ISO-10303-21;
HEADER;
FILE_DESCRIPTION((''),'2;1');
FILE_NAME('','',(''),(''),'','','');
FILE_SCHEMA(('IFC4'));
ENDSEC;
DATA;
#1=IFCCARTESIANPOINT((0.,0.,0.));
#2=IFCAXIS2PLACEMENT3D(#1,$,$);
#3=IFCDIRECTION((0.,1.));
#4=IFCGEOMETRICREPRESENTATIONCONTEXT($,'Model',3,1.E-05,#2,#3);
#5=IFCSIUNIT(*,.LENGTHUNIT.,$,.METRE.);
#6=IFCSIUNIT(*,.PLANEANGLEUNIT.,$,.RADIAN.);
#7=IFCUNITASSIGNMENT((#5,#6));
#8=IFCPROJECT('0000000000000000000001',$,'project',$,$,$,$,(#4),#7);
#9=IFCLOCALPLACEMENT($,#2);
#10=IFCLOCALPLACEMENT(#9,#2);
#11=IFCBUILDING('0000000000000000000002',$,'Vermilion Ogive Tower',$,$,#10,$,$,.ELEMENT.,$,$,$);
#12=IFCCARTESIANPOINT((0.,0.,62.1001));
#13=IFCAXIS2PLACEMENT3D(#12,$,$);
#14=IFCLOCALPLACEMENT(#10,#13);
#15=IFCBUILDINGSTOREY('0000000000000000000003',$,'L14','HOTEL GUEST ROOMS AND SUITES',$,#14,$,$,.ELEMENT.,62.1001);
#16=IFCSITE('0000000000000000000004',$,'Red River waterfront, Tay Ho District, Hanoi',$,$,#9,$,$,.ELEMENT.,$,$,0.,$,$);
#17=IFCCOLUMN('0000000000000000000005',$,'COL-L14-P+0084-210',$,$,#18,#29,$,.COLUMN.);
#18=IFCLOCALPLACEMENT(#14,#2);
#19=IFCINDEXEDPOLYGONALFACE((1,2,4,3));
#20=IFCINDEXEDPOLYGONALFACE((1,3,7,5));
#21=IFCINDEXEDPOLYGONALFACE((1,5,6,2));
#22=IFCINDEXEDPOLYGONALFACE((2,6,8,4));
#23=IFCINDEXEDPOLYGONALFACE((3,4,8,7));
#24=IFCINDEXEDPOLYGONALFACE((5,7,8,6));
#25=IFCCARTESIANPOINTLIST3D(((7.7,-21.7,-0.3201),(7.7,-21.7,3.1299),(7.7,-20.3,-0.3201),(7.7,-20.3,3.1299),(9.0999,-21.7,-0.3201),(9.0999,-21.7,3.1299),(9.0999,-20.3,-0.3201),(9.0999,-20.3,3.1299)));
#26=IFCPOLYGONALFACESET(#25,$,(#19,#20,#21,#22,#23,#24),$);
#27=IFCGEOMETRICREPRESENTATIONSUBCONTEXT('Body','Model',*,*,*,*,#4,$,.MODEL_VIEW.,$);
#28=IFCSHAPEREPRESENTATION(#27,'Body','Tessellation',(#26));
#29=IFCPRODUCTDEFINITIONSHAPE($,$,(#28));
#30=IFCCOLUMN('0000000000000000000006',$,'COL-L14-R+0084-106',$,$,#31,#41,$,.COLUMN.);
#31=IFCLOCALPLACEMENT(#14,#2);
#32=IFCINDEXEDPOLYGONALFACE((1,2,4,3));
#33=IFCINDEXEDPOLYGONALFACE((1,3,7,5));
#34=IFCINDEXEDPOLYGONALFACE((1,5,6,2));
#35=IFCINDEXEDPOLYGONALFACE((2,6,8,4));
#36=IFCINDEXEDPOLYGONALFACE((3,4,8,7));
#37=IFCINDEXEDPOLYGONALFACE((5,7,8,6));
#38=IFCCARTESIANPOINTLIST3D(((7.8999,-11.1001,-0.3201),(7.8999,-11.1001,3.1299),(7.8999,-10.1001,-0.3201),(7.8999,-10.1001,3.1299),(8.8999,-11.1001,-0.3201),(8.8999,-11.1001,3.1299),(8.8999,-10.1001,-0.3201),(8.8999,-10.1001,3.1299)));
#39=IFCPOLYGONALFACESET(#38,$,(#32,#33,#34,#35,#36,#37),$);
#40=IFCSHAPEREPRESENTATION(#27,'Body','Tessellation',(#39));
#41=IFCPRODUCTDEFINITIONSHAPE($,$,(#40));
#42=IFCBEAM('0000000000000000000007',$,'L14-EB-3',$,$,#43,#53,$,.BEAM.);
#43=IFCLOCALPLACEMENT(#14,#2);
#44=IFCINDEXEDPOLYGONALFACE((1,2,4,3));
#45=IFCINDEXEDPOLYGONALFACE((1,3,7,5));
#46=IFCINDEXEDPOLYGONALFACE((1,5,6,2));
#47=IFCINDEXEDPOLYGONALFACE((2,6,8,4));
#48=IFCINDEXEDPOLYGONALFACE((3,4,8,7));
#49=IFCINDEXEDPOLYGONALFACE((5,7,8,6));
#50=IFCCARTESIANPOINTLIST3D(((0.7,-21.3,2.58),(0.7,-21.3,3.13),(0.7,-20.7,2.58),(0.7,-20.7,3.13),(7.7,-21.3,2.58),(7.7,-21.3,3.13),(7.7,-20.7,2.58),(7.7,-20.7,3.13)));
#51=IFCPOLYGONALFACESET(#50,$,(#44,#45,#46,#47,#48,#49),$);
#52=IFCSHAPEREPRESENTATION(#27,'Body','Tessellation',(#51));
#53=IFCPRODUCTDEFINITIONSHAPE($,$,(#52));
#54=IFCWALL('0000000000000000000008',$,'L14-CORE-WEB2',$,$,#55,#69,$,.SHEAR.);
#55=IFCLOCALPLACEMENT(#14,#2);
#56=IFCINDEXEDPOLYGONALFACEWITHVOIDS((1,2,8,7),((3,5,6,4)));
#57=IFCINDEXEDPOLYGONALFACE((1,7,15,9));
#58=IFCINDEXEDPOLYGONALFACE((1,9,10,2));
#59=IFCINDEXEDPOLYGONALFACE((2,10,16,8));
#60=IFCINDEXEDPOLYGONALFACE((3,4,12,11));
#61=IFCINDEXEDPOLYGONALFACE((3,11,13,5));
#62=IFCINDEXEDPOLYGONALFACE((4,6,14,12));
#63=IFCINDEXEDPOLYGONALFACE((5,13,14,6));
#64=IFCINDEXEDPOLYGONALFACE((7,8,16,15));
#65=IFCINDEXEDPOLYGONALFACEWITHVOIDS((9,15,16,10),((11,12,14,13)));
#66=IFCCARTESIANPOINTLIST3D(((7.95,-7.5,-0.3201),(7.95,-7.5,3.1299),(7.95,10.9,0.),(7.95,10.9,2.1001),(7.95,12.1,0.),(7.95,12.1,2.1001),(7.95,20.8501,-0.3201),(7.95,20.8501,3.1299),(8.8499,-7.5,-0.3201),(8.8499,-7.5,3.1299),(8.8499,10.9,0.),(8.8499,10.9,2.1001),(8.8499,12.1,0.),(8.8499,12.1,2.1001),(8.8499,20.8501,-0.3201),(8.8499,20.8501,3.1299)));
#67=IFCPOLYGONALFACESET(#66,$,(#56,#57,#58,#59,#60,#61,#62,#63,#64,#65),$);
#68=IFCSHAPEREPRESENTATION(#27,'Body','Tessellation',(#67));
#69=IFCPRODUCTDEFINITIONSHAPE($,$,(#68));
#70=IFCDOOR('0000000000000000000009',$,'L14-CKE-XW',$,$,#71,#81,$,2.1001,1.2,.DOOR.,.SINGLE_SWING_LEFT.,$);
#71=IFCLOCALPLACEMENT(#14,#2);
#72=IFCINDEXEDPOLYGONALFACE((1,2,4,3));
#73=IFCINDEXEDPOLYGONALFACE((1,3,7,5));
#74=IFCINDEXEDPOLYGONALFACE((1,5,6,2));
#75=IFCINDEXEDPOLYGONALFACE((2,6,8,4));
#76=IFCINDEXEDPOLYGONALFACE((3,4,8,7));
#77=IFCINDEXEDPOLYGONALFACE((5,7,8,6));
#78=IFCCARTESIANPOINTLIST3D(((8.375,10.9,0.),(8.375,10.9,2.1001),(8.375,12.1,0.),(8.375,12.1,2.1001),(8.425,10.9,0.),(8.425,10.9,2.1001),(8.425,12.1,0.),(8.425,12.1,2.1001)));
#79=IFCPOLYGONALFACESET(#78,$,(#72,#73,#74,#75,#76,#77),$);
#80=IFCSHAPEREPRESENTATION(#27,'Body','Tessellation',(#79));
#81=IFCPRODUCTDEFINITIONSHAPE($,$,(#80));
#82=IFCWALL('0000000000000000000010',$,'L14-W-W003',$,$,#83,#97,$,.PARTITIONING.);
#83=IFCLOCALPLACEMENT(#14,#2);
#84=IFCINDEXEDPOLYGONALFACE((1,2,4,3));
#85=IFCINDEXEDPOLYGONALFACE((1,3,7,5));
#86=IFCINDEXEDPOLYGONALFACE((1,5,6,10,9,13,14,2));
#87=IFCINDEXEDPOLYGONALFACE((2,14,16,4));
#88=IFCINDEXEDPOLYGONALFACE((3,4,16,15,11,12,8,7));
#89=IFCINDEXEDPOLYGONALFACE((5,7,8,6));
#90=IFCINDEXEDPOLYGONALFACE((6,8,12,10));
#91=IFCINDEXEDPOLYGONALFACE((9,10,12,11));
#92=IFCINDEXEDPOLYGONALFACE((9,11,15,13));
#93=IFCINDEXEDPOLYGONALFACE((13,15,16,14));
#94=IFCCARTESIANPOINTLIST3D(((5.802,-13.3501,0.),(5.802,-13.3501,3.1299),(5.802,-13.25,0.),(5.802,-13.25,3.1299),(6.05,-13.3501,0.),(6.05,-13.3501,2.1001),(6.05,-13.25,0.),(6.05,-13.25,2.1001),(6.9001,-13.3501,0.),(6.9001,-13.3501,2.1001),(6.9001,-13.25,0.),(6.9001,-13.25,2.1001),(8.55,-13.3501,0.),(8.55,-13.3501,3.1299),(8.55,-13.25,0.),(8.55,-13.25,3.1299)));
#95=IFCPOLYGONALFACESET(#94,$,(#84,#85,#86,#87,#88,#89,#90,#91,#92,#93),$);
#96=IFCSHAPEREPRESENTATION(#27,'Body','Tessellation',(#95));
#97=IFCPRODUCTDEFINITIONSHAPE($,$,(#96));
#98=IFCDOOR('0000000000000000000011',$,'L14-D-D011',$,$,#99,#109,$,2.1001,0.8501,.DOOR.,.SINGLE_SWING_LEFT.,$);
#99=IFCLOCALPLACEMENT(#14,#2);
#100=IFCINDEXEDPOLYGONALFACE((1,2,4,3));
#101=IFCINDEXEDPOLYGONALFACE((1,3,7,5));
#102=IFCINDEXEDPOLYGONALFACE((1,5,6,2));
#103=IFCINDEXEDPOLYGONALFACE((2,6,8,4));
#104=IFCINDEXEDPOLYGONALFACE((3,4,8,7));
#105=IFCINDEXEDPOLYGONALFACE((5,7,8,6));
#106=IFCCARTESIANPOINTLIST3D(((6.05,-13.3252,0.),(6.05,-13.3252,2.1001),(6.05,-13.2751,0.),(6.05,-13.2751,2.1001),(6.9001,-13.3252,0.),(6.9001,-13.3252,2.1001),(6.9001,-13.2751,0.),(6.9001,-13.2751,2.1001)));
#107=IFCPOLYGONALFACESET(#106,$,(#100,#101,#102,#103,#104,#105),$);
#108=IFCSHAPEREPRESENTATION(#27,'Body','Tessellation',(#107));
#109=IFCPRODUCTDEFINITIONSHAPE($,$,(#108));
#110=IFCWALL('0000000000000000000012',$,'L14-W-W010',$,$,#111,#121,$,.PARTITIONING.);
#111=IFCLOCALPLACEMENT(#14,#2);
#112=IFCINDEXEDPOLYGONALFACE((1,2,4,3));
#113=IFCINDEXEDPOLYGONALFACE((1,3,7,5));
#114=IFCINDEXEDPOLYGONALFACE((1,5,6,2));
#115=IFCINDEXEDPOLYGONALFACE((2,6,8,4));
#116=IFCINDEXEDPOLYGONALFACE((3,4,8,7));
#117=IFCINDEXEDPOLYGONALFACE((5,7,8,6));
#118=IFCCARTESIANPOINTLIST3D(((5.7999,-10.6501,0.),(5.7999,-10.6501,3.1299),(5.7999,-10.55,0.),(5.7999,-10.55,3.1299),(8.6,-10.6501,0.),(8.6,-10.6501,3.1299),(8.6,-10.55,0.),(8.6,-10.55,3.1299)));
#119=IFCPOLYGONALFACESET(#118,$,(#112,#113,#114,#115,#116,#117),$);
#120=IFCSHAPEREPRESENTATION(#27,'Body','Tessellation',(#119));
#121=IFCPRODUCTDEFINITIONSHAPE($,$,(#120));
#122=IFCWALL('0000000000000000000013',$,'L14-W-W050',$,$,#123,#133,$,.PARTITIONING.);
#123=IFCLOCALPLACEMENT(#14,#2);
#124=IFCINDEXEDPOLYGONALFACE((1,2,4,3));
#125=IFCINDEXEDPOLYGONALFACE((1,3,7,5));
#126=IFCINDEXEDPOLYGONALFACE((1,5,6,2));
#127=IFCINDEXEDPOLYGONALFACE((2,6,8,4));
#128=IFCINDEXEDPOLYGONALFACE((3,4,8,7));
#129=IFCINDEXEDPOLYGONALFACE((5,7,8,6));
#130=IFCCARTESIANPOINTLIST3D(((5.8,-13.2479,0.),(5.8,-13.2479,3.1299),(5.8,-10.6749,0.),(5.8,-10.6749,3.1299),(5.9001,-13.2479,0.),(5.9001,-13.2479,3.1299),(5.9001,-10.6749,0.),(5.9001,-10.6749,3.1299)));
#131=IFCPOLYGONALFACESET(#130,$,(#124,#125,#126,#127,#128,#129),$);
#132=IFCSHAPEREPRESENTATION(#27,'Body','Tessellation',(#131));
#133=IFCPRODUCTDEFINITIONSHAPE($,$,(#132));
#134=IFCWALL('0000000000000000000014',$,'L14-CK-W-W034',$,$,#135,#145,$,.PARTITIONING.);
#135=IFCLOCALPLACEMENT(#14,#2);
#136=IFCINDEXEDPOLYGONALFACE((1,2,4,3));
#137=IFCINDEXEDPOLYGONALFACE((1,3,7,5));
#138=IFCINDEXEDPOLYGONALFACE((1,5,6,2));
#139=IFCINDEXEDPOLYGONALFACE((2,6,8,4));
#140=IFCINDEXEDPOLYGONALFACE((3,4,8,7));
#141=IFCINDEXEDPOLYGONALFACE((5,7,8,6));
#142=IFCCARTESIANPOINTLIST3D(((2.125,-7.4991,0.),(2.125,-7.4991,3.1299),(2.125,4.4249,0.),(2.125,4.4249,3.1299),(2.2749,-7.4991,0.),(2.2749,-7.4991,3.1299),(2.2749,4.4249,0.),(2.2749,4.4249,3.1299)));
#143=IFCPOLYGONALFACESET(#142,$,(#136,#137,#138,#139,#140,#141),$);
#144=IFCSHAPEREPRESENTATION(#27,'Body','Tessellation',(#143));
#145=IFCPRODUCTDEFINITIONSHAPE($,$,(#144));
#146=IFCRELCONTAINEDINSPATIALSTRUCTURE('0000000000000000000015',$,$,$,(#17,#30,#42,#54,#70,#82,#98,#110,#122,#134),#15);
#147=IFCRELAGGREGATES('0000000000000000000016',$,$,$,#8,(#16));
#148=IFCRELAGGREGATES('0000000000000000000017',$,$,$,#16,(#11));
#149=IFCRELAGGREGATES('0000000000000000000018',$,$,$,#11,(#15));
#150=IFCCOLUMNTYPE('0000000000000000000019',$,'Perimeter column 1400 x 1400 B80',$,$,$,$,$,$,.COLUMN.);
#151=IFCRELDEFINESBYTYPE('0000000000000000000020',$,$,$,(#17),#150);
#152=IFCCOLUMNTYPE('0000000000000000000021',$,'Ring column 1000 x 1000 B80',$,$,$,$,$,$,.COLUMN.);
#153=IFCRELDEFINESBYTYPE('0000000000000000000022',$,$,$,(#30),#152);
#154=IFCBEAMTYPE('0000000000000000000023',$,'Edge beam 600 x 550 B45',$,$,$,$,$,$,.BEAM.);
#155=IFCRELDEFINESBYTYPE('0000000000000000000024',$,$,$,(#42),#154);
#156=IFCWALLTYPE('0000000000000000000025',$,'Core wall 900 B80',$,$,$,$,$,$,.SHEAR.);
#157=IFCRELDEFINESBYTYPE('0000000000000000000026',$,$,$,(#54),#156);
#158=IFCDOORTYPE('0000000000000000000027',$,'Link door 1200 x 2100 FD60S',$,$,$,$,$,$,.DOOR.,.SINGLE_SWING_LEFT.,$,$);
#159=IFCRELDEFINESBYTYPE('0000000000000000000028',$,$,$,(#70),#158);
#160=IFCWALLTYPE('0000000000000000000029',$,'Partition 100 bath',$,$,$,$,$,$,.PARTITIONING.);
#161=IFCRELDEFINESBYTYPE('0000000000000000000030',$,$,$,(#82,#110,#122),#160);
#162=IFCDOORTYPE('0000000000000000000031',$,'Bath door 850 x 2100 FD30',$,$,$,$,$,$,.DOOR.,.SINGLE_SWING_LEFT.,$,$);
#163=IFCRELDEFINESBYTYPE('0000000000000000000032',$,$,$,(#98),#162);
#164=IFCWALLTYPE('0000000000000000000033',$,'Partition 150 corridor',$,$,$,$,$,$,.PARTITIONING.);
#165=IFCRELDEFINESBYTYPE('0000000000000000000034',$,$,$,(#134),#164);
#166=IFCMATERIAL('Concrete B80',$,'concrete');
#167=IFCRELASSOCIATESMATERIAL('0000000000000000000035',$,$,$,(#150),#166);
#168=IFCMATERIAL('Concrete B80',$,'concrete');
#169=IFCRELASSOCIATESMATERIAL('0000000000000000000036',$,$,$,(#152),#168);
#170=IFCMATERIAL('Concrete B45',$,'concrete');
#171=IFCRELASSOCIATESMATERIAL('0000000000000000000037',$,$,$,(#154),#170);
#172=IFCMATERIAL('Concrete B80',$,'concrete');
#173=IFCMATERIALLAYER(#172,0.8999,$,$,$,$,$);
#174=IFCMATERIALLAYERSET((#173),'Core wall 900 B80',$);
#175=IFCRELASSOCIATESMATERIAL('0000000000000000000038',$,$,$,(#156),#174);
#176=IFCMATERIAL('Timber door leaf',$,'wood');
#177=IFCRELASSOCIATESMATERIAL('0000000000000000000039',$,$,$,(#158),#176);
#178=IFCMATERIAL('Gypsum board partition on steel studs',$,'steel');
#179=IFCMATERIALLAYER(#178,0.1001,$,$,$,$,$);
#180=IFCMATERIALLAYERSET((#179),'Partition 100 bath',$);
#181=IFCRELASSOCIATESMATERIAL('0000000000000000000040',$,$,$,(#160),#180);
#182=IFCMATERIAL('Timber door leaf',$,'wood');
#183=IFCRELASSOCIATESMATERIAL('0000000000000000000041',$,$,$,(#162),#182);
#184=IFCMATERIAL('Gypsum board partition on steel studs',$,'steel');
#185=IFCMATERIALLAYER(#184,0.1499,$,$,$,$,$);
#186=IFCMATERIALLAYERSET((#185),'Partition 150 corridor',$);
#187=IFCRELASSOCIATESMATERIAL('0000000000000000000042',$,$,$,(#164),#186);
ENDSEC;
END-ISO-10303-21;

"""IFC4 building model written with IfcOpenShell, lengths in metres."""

from ifc_helpers import new_model, si_unit, direction, frame, frame_2d, origin, origin_2d, place, context, subcontext, project, spatial, rectangle, extrude, material, layer, layer_set, material_profile, profile_set, type_object, element, fill, save


model = new_model("IFC4")

# Units and contexts
model_context = context("Model", 3, precision=1e-05, world=origin(), true_north=direction((0.0, 1.0)))
body_context = subcontext(model_context, "Body", "Model", "MODEL_VIEW")
ifc_project = project(units=[si_unit("LENGTHUNIT", "METRE"), si_unit("PLANEANGLEUNIT", "RADIAN")], contexts=[model_context])

# Site, building, storey
site_placement = place(None, origin())
site = spatial("IfcSite", under=ifc_project, at=site_placement, Name="Red River waterfront, Tay Ho District, Hanoi", CompositionType="ELEMENT", RefElevation=0.0)
building_placement = place(site_placement, origin())
building = spatial("IfcBuilding", under=site, at=building_placement, Name="Vermilion Ogive Tower", CompositionType="ELEMENT")
storey_placement = place(building_placement, frame((0.0, 0.0, 62.1001)))
storey = spatial("IfcBuildingStorey", under=building, at=storey_placement, Name="L14", Description="HOTEL GUEST ROOMS AND SUITES", CompositionType="ELEMENT", Elevation=62.1001)

# Columns
ifc_material_1 = material(Name="Concrete B80", Category="concrete")
ifc_material_profile_1 = material_profile(ifc_material_1, rectangle(XDim=1.3999, YDim=1.3999, at=origin_2d()), Name="1400 x 1400")
ifc_profile_set_1 = profile_set([ifc_material_profile_1], Name="Concrete B80")
column_type_1 = type_object("IfcColumnType", Name="Perimeter column 1400 x 1400 B80", PredefinedType="COLUMN", material=ifc_profile_set_1)
column_1_placement = place(storey_placement, frame((8.3999, -21.0, -0.3201), z_axis=(0.0, 0.0, 1.0), x_axis=(1.0, 0.0, 0.0)))
element("IfcColumn", 1, at=column_1_placement, inside=storey, type_object=column_type_1, Name="COL-L14-P+0084-210", PredefinedType="COLUMN", context=body_context, shape_type="SweptSolid", body=[
    extrude(rectangle(XDim=1.3999, YDim=1.3999, at=origin_2d()), origin(), (0.0, 0.0, 1.0), 3.45),
])
ifc_material_2 = material(Name="Concrete B80", Category="concrete")
ifc_material_profile_2 = material_profile(ifc_material_2, rectangle(XDim=1.0, YDim=1.0, at=origin_2d()), Name="1000 x 1000")
ifc_profile_set_2 = profile_set([ifc_material_profile_2], Name="Concrete B80")
column_type_2 = type_object("IfcColumnType", Name="Ring column 1000 x 1000 B80", PredefinedType="COLUMN", material=ifc_profile_set_2)
column_2_placement = place(storey_placement, frame((8.3999, -10.6001, -0.3201), z_axis=(0.0, 0.0, 1.0), x_axis=(1.0, 0.0, 0.0)))
element("IfcColumn", 2, at=column_2_placement, inside=storey, type_object=column_type_2, Name="COL-L14-R+0084-106", PredefinedType="COLUMN", context=body_context, shape_type="SweptSolid", body=[
    extrude(rectangle(XDim=1.0, YDim=1.0, at=origin_2d()), origin(), (0.0, 0.0, 1.0), 3.45),
])

# Beam
ifc_material_3 = material(Name="Concrete B45", Category="concrete")
ifc_material_profile_3 = material_profile(ifc_material_3, rectangle(XDim=0.6001, YDim=0.55, at=origin_2d()), Name="600 x 550")
ifc_profile_set_3 = profile_set([ifc_material_profile_3], Name="Concrete B45")
beam_type = type_object("IfcBeamType", Name="Edge beam 600 x 550 B45", PredefinedType="BEAM", material=ifc_profile_set_3)
beam_placement = place(storey_placement, frame((0.7, -21.0, 2.855), z_axis=(1.0, 0.0, 0.0), x_axis=(0.0, 1.0, 0.0)))
element("IfcBeam", 3, at=beam_placement, inside=storey, type_object=beam_type, Name="L14-EB-3", PredefinedType="BEAM", context=body_context, shape_type="SweptSolid", body=[
    extrude(rectangle(XDim=0.6001, YDim=0.55, at=origin_2d()), origin(), (0.0, 0.0, 1.0), 7.0),
])

# Walls, openings, doors
ifc_material_4 = material(Name="Concrete B80", Category="concrete")
ifc_layer_1 = layer(ifc_material_4, 0.8999)
ifc_layer_set_1 = layer_set([ifc_layer_1], Name="Core wall 900 B80")
wall_type_1 = type_object("IfcWallType", Name="Core wall 900 B80", PredefinedType="SHEAR", material=ifc_layer_set_1)
wall_1_placement = place(storey_placement, frame((8.3999, -7.5, -0.3201), z_axis=(0.0, 0.0, 1.0), x_axis=(0.0, 1.0, 0.0)))
wall_1 = element("IfcWall", 4, at=wall_1_placement, inside=storey, type_object=wall_type_1, Name="L14-CORE-WEB2", PredefinedType="SHEAR", context=body_context, shape_type="SweptSolid", body=[
    extrude(rectangle(XDim=28.3501, YDim=0.8999, at=frame_2d((14.175, 0.0))), origin(), (0.0, 0.0, 1.0), 3.45),
])
opening_1_placement = place(wall_1_placement, frame((18.3999, 0.0, 0.3201)))
opening_1 = element("IfcOpeningElement", 5, at=opening_1_placement, cuts=wall_1, PredefinedType="OPENING", context=body_context, shape_type="SweptSolid", body=[
    extrude(rectangle(XDim=1.2, YDim=2.1001, at=frame_2d((0.6001, 1.05))), frame((0.0, 0.46, 0.0), z_axis=(0.0, -1.0, 0.0), x_axis=(1.0, 0.0, 0.0)), (0.0, 0.0, 1.0), 0.9199),
])
ifc_material_5 = material(Name="Timber door leaf", Category="wood")
door_type_1 = type_object("IfcDoorType", Name="Link door 1200 x 2100 FD60S", OperationType="SINGLE_SWING_LEFT", PredefinedType="DOOR", material=ifc_material_5)
door_1_placement = place(opening_1_placement, origin())
door_1 = element("IfcDoor", 6, at=door_1_placement, inside=storey, type_object=door_type_1, Name="L14-CKE-XW", OperationType="SINGLE_SWING_LEFT", OverallHeight=2.1001, OverallWidth=1.2, PredefinedType="DOOR", context=body_context, shape_type="SweptSolid", body=[
    extrude(rectangle(XDim=1.2, YDim=2.1001, at=frame_2d((0.6001, 1.05))), frame((0.0, 0.0249, 0.0), z_axis=(0.0, -1.0, 0.0), x_axis=(1.0, 0.0, 0.0)), (0.0, 0.0, 1.0), 0.05),
])
fill(opening_1, door_1)
ifc_material_6 = material(Name="Gypsum board partition on steel studs", Category="steel")
ifc_layer_2 = layer(ifc_material_6, 0.1001)
ifc_layer_set_2 = layer_set([ifc_layer_2], Name="Partition 100 bath")
wall_type_2 = type_object("IfcWallType", Name="Partition 100 bath", PredefinedType="PARTITIONING", material=ifc_layer_set_2)
wall_2_placement = place(storey_placement, frame((5.802, -13.3, 0.0), z_axis=(0.0, 0.0, 1.0), x_axis=(1.0, 0.0, 0.0)))
wall_2 = element("IfcWall", 7, at=wall_2_placement, inside=storey, type_object=wall_type_2, Name="L14-W-W003", PredefinedType="PARTITIONING", context=body_context, shape_type="SweptSolid", body=[
    extrude(rectangle(XDim=2.748, YDim=0.1001, at=frame_2d((1.374, 0.0))), origin(), (0.0, 0.0, 1.0), 3.1299),
])
opening_2_placement = place(wall_2_placement, frame((0.248, 0.0, 0.0)))
opening_2 = element("IfcOpeningElement", 8, at=opening_2_placement, cuts=wall_2, PredefinedType="OPENING", context=body_context, shape_type="SweptSolid", body=[
    extrude(rectangle(XDim=0.8501, YDim=2.1001, at=frame_2d((0.425, 1.05))), frame((0.0, 0.0601, 0.0), z_axis=(0.0, -1.0, 0.0), x_axis=(1.0, 0.0, 0.0)), (0.0, 0.0, 1.0), 0.1201),
])
ifc_material_7 = material(Name="Timber door leaf", Category="wood")
door_type_2 = type_object("IfcDoorType", Name="Bath door 850 x 2100 FD30", OperationType="SINGLE_SWING_LEFT", PredefinedType="DOOR", material=ifc_material_7)
door_2_placement = place(opening_2_placement, origin())
door_2 = element("IfcDoor", 9, at=door_2_placement, inside=storey, type_object=door_type_2, Name="L14-D-D011", OperationType="SINGLE_SWING_LEFT", OverallHeight=2.1001, OverallWidth=0.8501, PredefinedType="DOOR", context=body_context, shape_type="SweptSolid", body=[
    extrude(rectangle(XDim=0.8501, YDim=2.1001, at=frame_2d((0.425, 1.05))), frame((0.0, 0.0249, 0.0), z_axis=(0.0, -1.0, 0.0), x_axis=(1.0, 0.0, 0.0)), (0.0, 0.0, 1.0), 0.05),
])
fill(opening_2, door_2)

# Walls
wall_3_placement = place(storey_placement, frame((5.8, -10.6001, 0.0), z_axis=(0.0, 0.0, 1.0), x_axis=(1.0, 0.0, 0.0)))
element("IfcWall", 10, at=wall_3_placement, inside=storey, type_object=wall_type_2, Name="L14-W-W010", PredefinedType="PARTITIONING", context=body_context, shape_type="SweptSolid", body=[
    extrude(rectangle(XDim=2.8, YDim=0.1001, at=frame_2d((1.3999, 0.0))), origin(), (0.0, 0.0, 1.0), 3.1299),
])
wall_4_placement = place(storey_placement, frame((5.8501, -13.248, 0.0), z_axis=(0.0, 0.0, 1.0), x_axis=(0.0, 1.0, 0.0)))
element("IfcWall", 11, at=wall_4_placement, inside=storey, type_object=wall_type_2, Name="L14-W-W050", PredefinedType="PARTITIONING", context=body_context, shape_type="SweptSolid", body=[
    extrude(rectangle(XDim=2.573, YDim=0.1001, at=frame_2d((1.2866, 0.0))), origin(), (0.0, 0.0, 1.0), 3.1299),
])
ifc_material_8 = material(Name="Gypsum board partition on steel studs", Category="steel")
ifc_layer_3 = layer(ifc_material_8, 0.1499)
ifc_layer_set_3 = layer_set([ifc_layer_3], Name="Partition 150 corridor")
wall_type_3 = type_object("IfcWallType", Name="Partition 150 corridor", PredefinedType="PARTITIONING", material=ifc_layer_set_3)
wall_5_placement = place(storey_placement, frame((2.2, -7.499, 0.0), z_axis=(0.0, 0.0, 1.0), x_axis=(0.0, 1.0, 0.0)))
element("IfcWall", 12, at=wall_5_placement, inside=storey, type_object=wall_type_3, Name="L14-CK-W-W034", PredefinedType="PARTITIONING", context=body_context, shape_type="SweptSolid", body=[
    extrude(rectangle(XDim=11.9241, YDim=0.1499, at=frame_2d((5.9619, 0.0))), origin(), (0.0, 0.0, 1.0), 3.1299),
])

save(model, "model.ifc")
